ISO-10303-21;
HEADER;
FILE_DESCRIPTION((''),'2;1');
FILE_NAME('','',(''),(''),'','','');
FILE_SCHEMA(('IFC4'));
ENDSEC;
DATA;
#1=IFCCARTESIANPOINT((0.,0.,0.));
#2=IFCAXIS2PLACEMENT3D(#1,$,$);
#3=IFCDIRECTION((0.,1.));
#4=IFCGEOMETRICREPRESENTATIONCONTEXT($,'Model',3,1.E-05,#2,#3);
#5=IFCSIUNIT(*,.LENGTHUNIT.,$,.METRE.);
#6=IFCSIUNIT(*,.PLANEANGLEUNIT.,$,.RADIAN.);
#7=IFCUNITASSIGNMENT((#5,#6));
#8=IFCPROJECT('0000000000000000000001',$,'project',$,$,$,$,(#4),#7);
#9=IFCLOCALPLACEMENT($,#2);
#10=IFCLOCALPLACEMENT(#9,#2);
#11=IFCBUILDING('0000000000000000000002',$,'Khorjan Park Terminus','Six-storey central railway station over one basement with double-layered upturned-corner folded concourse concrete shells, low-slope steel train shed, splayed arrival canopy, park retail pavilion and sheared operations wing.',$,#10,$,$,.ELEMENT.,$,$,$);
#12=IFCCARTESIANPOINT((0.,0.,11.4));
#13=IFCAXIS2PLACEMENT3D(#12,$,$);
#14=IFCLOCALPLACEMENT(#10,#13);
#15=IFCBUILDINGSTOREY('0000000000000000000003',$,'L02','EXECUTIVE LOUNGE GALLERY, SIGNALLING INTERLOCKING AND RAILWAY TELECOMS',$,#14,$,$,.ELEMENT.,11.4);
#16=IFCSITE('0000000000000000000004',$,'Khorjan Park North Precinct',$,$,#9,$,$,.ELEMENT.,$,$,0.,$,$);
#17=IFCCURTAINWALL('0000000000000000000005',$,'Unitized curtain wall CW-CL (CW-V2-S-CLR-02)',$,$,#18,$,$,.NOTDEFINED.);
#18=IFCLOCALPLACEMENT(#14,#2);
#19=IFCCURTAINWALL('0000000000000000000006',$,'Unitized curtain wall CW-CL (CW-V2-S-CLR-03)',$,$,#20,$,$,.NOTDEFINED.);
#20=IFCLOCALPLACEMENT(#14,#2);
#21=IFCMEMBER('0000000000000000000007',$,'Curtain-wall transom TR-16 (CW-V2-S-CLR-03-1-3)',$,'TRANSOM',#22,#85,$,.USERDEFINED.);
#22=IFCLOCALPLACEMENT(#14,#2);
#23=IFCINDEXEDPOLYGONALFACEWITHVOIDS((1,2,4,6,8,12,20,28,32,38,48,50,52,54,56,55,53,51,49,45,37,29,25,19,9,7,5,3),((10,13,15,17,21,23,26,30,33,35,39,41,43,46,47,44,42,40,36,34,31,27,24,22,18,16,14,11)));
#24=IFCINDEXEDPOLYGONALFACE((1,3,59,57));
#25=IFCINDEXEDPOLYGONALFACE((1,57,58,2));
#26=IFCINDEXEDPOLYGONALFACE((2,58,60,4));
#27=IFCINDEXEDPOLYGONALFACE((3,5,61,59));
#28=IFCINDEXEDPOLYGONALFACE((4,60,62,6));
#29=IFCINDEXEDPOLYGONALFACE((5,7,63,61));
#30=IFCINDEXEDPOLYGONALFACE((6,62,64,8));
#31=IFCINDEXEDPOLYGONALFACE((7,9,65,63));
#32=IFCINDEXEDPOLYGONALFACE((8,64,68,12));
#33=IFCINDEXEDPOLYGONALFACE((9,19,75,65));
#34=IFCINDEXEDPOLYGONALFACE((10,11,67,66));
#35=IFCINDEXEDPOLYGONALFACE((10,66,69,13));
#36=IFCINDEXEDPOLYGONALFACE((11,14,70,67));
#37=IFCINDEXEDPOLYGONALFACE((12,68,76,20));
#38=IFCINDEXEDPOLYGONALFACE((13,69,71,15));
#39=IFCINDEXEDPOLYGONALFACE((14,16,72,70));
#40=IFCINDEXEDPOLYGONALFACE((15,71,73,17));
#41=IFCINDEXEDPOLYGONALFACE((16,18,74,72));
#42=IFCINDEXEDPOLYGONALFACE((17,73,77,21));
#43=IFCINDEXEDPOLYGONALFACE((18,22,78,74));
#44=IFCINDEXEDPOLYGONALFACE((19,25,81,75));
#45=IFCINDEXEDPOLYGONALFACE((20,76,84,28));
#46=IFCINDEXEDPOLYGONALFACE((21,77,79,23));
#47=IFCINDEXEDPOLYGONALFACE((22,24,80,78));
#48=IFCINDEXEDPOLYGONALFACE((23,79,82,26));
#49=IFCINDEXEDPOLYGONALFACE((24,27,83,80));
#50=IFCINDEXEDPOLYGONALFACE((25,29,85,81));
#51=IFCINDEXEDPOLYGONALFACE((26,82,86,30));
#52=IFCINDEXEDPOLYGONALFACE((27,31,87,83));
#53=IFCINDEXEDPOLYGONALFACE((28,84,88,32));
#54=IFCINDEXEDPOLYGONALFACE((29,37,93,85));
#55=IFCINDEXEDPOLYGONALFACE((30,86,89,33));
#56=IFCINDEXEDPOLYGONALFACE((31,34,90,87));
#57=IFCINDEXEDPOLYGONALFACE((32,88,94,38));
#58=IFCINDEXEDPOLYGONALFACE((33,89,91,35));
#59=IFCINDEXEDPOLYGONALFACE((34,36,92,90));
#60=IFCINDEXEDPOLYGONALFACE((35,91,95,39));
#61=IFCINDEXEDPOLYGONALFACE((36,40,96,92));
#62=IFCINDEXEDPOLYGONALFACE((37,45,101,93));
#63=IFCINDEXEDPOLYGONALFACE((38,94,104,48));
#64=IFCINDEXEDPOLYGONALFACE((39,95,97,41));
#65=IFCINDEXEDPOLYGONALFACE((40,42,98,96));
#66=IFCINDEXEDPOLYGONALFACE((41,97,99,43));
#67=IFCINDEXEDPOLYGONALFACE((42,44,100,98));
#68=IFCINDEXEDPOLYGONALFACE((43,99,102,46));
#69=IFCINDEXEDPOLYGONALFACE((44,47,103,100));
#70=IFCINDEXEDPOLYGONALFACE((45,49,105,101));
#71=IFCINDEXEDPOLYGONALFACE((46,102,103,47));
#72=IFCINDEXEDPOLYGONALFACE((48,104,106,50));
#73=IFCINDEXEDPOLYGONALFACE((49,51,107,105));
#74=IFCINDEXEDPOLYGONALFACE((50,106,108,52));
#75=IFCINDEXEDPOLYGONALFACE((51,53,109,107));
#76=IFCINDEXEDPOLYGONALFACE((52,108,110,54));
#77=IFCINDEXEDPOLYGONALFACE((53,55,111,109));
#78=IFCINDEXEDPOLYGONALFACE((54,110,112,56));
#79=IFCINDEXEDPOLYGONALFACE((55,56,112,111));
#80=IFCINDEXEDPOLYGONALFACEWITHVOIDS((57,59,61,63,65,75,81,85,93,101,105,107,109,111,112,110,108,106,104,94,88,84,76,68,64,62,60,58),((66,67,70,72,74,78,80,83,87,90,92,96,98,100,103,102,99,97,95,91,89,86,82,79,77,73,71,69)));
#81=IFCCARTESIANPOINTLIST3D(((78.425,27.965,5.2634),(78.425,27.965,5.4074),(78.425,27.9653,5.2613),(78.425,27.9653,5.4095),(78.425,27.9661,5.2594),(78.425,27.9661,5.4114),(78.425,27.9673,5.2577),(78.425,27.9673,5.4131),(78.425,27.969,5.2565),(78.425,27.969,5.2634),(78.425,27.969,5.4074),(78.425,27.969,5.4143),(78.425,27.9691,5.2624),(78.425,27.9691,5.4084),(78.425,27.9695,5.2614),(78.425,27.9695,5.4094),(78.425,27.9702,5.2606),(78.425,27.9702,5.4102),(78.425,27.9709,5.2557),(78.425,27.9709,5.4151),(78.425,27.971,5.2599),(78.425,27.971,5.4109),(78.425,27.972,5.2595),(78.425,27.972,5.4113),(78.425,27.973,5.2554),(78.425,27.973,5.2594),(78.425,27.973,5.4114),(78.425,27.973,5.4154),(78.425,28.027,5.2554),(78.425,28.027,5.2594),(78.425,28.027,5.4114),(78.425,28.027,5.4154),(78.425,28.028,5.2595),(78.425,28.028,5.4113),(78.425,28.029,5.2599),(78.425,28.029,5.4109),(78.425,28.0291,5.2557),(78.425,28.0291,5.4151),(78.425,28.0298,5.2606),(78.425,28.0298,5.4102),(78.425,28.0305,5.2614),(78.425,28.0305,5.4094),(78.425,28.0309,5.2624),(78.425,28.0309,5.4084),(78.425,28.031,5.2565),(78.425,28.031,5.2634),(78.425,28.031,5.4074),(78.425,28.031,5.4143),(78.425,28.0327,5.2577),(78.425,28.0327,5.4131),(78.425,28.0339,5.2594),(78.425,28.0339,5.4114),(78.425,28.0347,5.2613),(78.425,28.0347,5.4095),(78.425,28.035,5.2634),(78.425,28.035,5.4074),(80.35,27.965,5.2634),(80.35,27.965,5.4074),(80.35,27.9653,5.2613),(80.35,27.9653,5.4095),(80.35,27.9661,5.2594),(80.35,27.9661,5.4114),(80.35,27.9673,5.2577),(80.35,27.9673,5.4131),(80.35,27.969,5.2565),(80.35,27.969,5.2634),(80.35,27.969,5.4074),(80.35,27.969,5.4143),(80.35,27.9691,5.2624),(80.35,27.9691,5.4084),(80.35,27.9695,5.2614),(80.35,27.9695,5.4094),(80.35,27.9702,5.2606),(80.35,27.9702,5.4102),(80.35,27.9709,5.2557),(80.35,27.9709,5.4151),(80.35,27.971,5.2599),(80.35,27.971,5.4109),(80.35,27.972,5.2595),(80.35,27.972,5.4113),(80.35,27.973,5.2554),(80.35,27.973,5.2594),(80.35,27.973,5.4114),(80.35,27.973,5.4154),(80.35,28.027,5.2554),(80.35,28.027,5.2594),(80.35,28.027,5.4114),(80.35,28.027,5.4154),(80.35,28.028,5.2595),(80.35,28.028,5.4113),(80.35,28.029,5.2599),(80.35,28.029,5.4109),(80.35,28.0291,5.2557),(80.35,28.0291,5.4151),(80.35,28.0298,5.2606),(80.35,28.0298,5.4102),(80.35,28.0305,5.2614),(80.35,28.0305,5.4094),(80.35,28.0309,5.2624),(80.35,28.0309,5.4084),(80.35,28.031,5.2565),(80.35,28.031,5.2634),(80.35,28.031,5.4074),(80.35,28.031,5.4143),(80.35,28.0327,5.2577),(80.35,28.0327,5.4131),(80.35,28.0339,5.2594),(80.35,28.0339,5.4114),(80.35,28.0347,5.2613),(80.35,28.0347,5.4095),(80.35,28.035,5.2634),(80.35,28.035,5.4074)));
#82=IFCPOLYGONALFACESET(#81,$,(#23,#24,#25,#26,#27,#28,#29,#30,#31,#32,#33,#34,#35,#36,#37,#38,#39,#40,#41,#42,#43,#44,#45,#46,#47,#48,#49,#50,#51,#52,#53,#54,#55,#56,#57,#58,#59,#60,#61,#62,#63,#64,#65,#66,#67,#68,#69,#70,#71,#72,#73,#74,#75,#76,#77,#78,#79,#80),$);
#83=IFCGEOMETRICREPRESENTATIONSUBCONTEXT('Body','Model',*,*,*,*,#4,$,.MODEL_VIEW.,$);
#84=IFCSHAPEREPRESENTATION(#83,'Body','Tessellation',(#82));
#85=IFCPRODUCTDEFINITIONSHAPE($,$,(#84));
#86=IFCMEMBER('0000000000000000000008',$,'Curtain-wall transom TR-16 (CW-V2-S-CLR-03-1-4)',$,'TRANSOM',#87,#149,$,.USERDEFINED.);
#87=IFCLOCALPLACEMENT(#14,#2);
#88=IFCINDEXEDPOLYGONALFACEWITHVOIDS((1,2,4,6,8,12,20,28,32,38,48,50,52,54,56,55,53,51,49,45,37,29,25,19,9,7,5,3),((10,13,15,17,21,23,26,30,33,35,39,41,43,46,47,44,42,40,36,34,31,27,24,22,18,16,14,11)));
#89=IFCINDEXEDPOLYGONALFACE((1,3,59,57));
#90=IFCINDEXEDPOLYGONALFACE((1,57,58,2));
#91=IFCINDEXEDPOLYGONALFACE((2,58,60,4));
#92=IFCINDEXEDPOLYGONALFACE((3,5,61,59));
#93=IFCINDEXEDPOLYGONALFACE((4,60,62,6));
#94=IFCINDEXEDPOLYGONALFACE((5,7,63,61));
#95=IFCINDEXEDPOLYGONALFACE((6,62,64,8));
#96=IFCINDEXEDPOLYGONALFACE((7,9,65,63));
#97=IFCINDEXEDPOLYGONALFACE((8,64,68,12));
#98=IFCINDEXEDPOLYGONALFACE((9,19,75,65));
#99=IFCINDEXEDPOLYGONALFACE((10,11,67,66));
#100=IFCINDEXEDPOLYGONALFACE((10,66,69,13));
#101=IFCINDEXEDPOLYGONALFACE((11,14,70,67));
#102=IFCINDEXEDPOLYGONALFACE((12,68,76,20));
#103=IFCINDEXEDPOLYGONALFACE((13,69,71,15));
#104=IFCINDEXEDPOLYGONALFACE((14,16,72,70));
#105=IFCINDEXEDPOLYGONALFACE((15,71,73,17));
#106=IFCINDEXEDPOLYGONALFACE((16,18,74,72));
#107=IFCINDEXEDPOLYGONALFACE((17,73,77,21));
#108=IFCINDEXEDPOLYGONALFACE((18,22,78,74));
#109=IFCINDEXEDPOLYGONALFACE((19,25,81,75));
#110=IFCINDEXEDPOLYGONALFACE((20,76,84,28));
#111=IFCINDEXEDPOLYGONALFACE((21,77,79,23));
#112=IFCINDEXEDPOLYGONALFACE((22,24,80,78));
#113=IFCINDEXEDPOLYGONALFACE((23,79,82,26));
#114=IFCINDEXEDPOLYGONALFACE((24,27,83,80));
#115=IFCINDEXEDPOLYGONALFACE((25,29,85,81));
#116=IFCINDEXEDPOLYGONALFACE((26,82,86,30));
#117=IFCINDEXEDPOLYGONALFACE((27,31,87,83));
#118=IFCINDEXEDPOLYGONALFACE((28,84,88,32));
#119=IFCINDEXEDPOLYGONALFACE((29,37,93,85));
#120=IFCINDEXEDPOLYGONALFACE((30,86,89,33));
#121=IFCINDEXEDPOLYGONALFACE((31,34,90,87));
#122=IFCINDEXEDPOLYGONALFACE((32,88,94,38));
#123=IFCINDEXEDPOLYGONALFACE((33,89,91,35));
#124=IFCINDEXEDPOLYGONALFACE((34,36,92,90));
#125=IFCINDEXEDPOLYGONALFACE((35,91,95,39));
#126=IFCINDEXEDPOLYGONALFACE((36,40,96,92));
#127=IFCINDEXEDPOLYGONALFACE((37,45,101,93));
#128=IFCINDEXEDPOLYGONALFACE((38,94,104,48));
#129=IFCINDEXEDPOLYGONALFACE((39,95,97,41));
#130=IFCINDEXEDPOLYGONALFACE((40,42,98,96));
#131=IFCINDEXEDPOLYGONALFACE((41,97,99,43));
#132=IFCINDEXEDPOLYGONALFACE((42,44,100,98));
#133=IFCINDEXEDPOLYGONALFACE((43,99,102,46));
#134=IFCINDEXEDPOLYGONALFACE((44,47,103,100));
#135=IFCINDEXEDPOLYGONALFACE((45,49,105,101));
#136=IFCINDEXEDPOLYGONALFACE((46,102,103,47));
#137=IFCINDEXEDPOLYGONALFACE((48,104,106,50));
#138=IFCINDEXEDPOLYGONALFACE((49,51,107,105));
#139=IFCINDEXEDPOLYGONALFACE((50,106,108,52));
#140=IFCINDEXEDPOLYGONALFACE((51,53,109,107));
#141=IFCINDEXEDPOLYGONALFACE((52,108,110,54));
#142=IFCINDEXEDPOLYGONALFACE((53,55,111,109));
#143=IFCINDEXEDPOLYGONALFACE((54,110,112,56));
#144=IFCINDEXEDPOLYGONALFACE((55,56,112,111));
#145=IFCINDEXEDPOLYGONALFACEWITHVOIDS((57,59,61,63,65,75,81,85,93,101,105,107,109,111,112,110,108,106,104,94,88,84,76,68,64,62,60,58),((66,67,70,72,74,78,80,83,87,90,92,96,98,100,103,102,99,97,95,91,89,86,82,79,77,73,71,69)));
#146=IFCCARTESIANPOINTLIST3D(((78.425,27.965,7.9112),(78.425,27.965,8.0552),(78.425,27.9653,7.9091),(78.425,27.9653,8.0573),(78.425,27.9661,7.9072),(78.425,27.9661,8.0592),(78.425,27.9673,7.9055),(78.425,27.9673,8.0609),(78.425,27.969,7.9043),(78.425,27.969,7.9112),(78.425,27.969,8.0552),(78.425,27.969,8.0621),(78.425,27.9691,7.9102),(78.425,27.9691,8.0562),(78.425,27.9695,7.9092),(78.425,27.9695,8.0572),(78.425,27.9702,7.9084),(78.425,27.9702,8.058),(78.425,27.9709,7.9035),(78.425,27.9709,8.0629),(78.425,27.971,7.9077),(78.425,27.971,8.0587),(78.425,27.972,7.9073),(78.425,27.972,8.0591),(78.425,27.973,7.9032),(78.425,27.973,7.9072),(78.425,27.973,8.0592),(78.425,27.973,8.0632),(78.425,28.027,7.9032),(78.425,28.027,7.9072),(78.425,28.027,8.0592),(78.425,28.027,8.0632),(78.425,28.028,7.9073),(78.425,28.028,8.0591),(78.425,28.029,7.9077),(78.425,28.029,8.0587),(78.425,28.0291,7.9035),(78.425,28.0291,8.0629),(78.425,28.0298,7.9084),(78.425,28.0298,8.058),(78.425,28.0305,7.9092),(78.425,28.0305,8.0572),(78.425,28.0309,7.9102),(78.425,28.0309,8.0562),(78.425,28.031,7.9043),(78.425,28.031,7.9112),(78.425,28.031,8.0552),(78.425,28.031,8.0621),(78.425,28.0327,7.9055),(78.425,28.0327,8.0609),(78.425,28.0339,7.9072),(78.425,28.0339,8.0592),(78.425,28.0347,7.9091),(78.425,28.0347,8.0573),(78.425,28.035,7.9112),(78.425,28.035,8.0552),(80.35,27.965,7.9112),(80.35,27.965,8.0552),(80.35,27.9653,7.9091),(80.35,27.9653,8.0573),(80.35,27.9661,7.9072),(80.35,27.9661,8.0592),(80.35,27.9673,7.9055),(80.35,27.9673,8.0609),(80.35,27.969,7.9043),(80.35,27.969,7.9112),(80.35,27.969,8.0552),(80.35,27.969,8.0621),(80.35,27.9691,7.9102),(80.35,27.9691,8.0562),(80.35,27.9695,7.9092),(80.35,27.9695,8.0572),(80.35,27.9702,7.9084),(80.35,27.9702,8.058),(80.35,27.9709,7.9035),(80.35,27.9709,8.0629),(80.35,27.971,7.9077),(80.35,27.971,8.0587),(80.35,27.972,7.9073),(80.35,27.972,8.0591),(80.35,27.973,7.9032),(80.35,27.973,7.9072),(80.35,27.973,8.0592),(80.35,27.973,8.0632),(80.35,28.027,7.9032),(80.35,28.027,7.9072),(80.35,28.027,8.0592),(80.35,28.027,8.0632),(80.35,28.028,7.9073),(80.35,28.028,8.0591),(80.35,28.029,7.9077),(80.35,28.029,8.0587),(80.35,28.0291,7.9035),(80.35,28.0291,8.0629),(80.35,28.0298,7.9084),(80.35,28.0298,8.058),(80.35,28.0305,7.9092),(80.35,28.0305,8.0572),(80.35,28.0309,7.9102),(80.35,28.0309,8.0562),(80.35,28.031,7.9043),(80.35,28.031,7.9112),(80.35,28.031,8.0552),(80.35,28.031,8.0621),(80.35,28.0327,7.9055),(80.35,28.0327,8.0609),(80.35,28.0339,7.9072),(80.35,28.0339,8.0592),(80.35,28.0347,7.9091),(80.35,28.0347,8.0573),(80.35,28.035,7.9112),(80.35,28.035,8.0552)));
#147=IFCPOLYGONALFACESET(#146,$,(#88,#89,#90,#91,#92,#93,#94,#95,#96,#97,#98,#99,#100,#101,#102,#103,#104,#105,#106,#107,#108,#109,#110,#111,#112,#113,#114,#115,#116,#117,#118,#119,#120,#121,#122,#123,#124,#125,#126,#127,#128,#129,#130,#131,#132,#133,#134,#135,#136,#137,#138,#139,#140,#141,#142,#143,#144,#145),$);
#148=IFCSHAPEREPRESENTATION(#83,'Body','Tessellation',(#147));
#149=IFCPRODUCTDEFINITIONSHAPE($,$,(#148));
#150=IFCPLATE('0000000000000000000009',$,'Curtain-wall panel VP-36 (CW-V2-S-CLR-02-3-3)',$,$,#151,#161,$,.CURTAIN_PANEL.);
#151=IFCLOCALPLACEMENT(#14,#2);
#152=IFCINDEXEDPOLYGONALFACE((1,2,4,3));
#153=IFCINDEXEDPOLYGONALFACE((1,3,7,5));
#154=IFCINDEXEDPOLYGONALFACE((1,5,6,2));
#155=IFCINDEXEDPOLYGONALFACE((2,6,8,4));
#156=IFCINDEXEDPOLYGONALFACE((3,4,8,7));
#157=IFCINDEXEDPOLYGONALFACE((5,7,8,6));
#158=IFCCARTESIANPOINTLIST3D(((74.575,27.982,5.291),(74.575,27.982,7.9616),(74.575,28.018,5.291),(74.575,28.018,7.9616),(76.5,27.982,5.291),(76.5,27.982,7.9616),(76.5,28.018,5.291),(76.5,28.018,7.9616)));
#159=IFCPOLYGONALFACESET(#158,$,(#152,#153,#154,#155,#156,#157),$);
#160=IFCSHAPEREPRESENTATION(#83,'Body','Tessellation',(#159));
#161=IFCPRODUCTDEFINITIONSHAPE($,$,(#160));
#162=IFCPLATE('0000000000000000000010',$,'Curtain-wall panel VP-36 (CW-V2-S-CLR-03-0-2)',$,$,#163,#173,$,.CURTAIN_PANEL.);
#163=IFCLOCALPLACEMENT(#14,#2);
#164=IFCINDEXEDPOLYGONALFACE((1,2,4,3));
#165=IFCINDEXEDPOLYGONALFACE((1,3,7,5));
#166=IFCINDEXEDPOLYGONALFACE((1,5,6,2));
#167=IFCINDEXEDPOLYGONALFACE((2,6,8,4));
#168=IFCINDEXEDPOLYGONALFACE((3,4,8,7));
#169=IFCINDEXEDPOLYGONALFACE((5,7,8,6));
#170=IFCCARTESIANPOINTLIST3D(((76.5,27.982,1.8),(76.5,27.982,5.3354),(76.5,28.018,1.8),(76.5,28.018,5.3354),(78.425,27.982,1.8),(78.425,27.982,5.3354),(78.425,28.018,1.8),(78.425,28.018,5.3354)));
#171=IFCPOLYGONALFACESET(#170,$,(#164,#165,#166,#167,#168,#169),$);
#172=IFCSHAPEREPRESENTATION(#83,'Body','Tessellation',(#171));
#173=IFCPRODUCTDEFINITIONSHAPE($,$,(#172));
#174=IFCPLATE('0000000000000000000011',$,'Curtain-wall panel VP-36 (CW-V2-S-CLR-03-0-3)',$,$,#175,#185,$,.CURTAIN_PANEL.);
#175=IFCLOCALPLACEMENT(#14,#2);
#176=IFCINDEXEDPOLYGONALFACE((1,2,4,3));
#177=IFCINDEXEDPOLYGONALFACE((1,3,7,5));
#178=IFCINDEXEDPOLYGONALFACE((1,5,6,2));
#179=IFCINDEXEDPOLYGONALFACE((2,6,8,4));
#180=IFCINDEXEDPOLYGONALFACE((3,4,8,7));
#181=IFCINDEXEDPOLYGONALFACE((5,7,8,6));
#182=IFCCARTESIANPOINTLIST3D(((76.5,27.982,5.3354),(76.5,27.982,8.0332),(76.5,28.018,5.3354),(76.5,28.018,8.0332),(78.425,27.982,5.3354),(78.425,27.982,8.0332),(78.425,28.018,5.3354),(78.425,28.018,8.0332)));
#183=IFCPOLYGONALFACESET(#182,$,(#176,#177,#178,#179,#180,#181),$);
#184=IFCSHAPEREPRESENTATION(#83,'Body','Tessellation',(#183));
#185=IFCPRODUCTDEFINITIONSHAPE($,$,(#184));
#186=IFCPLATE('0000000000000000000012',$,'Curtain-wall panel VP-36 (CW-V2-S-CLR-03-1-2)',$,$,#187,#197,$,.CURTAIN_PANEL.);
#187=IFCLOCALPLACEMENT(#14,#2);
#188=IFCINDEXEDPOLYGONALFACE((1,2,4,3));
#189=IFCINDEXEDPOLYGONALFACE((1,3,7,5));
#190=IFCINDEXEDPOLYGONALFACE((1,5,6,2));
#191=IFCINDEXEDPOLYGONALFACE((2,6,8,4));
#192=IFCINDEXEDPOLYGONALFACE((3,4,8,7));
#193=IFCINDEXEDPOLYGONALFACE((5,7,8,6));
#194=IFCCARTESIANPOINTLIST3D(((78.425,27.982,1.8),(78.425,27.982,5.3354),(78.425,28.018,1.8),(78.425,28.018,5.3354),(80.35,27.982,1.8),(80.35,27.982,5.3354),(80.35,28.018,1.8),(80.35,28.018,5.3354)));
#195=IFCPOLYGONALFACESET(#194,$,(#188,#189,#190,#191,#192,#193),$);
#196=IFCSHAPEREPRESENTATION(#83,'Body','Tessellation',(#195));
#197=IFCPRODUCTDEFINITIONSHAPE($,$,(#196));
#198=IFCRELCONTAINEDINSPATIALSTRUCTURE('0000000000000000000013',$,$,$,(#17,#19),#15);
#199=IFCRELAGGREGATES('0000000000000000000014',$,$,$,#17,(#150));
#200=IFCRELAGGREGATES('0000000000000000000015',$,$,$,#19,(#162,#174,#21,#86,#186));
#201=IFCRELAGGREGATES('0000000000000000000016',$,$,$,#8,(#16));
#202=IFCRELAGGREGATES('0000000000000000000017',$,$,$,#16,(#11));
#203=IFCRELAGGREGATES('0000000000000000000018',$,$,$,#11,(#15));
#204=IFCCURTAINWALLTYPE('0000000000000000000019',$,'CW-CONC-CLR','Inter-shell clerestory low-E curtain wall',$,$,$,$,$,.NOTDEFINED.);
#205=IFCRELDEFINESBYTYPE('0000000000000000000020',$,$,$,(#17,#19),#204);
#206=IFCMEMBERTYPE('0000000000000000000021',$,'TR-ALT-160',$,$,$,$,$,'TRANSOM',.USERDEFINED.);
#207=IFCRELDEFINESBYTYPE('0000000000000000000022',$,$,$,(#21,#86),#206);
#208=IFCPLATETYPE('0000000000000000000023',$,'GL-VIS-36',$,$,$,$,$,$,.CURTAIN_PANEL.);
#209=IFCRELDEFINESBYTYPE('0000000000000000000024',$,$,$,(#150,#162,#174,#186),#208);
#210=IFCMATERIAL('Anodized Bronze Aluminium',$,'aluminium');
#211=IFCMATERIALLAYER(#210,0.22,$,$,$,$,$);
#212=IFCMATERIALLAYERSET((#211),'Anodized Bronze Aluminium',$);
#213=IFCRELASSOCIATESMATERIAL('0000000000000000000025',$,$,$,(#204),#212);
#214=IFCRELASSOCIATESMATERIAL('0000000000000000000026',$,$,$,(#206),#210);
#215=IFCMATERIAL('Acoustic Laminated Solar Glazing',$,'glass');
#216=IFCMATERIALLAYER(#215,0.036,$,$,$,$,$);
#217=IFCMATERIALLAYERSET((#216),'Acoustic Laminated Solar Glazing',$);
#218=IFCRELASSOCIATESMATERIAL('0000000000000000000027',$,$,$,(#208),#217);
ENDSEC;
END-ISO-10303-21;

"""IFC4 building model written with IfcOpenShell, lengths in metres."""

from ifc_helpers import new_model, si_unit, direction, frame, origin, origin_2d, place, context, subcontext, project, spatial, rectangle, hollow_rectangle, extrude, material, layer, layer_set, material_profile, profile_set, type_object, element, aggregate, save


model = new_model("IFC4")

# Units and contexts
model_context = context("Model", 3, precision=1e-05, world=origin(), true_north=direction((0.0, 1.0)))
body_context = subcontext(model_context, "Body", "Model", "MODEL_VIEW")
ifc_project = project(units=[si_unit("LENGTHUNIT", "METRE"), si_unit("PLANEANGLEUNIT", "RADIAN")], contexts=[model_context])

# Site, building, storey
site_placement = place(None, origin())
site = spatial("IfcSite", under=ifc_project, at=site_placement, Name="Khorjan Park North Precinct", CompositionType="ELEMENT", RefElevation=0.0)
building_placement = place(site_placement, origin())
building = spatial("IfcBuilding", under=site, at=building_placement, Name="Khorjan Park Terminus", Description="Six-storey central railway station over one basement with double-layered upturned-corner folded concourse concrete shells, low-slope steel train shed, splayed arrival canopy, park retail pavilion and sheared operations wing.", CompositionType="ELEMENT")
storey_placement = place(building_placement, frame((0.0, 0.0, 11.4)))
storey = spatial("IfcBuildingStorey", under=building, at=storey_placement, Name="L02", Description="EXECUTIVE LOUNGE GALLERY, SIGNALLING INTERLOCKING AND RAILWAY TELECOMS", CompositionType="ELEMENT", Elevation=11.4)

# Curtain walls
ifc_material_1 = material(Name="Anodized Bronze Aluminium", Category="aluminium")
ifc_layer_1 = layer(ifc_material_1, 0.22)
ifc_layer_set_1 = layer_set([ifc_layer_1], Name="Anodized Bronze Aluminium")
curtain_wall_type = type_object("IfcCurtainWallType", Name="CW-CONC-CLR", Description="Inter-shell clerestory low-E curtain wall", PredefinedType="NOTDEFINED", material=ifc_layer_set_1)
curtain_wall_1_placement = place(storey_placement, origin())
curtain_wall_1 = element("IfcCurtainWall", 1, at=curtain_wall_1_placement, inside=storey, type_object=curtain_wall_type, Name="Unitized curtain wall CW-CL (CW-V2-S-CLR-02)", PredefinedType="NOTDEFINED")
curtain_wall_2_placement = place(storey_placement, origin())
curtain_wall_2 = element("IfcCurtainWall", 2, at=curtain_wall_2_placement, inside=storey, type_object=curtain_wall_type, Name="Unitized curtain wall CW-CL (CW-V2-S-CLR-03)", PredefinedType="NOTDEFINED")

# Members
ifc_material_profile_1 = material_profile(ifc_material_1, hollow_rectangle(XDim=0.07, YDim=0.16, WallThickness=0.004, InnerFilletRadius=0.004, OuterFilletRadius=0.008, at=origin_2d()), Name="ALT 70x160x4")
ifc_profile_set_1 = profile_set([ifc_material_profile_1], Name="Anodized Bronze Aluminium")
member_type_1 = type_object("IfcMemberType", Name="TR-ALT-160", ElementType="TRANSOM", PredefinedType="USERDEFINED", material=ifc_profile_set_1)
member_1_placement = place(storey_placement, frame((78.425, 28.0, 5.3354), z_axis=(1.0, 0.0, 0.0), x_axis=(0.0, 1.0, 0.0)))
member_1 = element("IfcMember", 3, at=member_1_placement, type_object=member_type_1, Name="Curtain-wall transom TR-16 (CW-V2-S-CLR-03-1-3)", ObjectType="TRANSOM", PredefinedType="USERDEFINED", context=body_context, shape_type="SweptSolid", body=[
    extrude(hollow_rectangle(XDim=0.07, YDim=0.16, WallThickness=0.004, InnerFilletRadius=0.004, OuterFilletRadius=0.008, at=origin_2d()), origin(), (0.0, 0.0, 1.0), 1.925),
])
member_2_placement = place(storey_placement, frame((78.425, 28.0, 7.9832), z_axis=(1.0, 0.0, 0.0), x_axis=(0.0, 1.0, 0.0)))
member_2 = element("IfcMember", 4, at=member_2_placement, type_object=member_type_1, Name="Curtain-wall transom TR-16 (CW-V2-S-CLR-03-1-4)", ObjectType="TRANSOM", PredefinedType="USERDEFINED", context=body_context, shape_type="SweptSolid", body=[
    extrude(hollow_rectangle(XDim=0.07, YDim=0.16, WallThickness=0.004, InnerFilletRadius=0.004, OuterFilletRadius=0.008, at=origin_2d()), origin(), (0.0, 0.0, 1.0), 1.925),
])

# Plates
ifc_material_2 = material(Name="Acoustic Laminated Solar Glazing", Category="glass")
ifc_layer_2 = layer(ifc_material_2, 0.036)
ifc_layer_set_2 = layer_set([ifc_layer_2], Name="Acoustic Laminated Solar Glazing")
plate_type_1 = type_object("IfcPlateType", Name="GL-VIS-36", PredefinedType="CURTAIN_PANEL", material=ifc_layer_set_2)
plate_1_placement = place(storey_placement, frame((75.5375, 28.0, 5.291), z_axis=(0.0, 0.0, 1.0), x_axis=(1.0, 0.0, 0.0)))
plate_1 = element("IfcPlate", 5, at=plate_1_placement, type_object=plate_type_1, Name="Curtain-wall panel VP-36 (CW-V2-S-CLR-02-3-3)", PredefinedType="CURTAIN_PANEL", context=body_context, shape_type="SweptSolid", body=[
    extrude(rectangle(XDim=1.925, YDim=0.036, at=origin_2d()), origin(), (0.0, 0.0, 1.0), 2.6706),
])
aggregate(curtain_wall_1, [plate_1])
plate_2_placement = place(storey_placement, frame((77.4625, 28.0, 1.8), z_axis=(0.0, 0.0, 1.0), x_axis=(1.0, 0.0, 0.0)))
plate_2 = element("IfcPlate", 6, at=plate_2_placement, type_object=plate_type_1, Name="Curtain-wall panel VP-36 (CW-V2-S-CLR-03-0-2)", PredefinedType="CURTAIN_PANEL", context=body_context, shape_type="SweptSolid", body=[
    extrude(rectangle(XDim=1.925, YDim=0.036, at=origin_2d()), origin(), (0.0, 0.0, 1.0), 3.5354),
])
plate_3_placement = place(storey_placement, frame((77.4625, 28.0, 5.3354), z_axis=(0.0, 0.0, 1.0), x_axis=(1.0, 0.0, 0.0)))
plate_3 = element("IfcPlate", 7, at=plate_3_placement, type_object=plate_type_1, Name="Curtain-wall panel VP-36 (CW-V2-S-CLR-03-0-3)", PredefinedType="CURTAIN_PANEL", context=body_context, shape_type="SweptSolid", body=[
    extrude(rectangle(XDim=1.925, YDim=0.036, at=origin_2d()), origin(), (0.0, 0.0, 1.0), 2.6978),
])
plate_4_placement = place(storey_placement, frame((79.3875, 28.0, 1.8), z_axis=(0.0, 0.0, 1.0), x_axis=(1.0, 0.0, 0.0)))
plate_4 = element("IfcPlate", 8, at=plate_4_placement, type_object=plate_type_1, Name="Curtain-wall panel VP-36 (CW-V2-S-CLR-03-1-2)", PredefinedType="CURTAIN_PANEL", context=body_context, shape_type="SweptSolid", body=[
    extrude(rectangle(XDim=1.925, YDim=0.036, at=origin_2d()), origin(), (0.0, 0.0, 1.0), 3.5354),
])

aggregate(curtain_wall_2, [plate_2, plate_3, member_1, member_2, plate_4])

save(model, "model.ifc")
